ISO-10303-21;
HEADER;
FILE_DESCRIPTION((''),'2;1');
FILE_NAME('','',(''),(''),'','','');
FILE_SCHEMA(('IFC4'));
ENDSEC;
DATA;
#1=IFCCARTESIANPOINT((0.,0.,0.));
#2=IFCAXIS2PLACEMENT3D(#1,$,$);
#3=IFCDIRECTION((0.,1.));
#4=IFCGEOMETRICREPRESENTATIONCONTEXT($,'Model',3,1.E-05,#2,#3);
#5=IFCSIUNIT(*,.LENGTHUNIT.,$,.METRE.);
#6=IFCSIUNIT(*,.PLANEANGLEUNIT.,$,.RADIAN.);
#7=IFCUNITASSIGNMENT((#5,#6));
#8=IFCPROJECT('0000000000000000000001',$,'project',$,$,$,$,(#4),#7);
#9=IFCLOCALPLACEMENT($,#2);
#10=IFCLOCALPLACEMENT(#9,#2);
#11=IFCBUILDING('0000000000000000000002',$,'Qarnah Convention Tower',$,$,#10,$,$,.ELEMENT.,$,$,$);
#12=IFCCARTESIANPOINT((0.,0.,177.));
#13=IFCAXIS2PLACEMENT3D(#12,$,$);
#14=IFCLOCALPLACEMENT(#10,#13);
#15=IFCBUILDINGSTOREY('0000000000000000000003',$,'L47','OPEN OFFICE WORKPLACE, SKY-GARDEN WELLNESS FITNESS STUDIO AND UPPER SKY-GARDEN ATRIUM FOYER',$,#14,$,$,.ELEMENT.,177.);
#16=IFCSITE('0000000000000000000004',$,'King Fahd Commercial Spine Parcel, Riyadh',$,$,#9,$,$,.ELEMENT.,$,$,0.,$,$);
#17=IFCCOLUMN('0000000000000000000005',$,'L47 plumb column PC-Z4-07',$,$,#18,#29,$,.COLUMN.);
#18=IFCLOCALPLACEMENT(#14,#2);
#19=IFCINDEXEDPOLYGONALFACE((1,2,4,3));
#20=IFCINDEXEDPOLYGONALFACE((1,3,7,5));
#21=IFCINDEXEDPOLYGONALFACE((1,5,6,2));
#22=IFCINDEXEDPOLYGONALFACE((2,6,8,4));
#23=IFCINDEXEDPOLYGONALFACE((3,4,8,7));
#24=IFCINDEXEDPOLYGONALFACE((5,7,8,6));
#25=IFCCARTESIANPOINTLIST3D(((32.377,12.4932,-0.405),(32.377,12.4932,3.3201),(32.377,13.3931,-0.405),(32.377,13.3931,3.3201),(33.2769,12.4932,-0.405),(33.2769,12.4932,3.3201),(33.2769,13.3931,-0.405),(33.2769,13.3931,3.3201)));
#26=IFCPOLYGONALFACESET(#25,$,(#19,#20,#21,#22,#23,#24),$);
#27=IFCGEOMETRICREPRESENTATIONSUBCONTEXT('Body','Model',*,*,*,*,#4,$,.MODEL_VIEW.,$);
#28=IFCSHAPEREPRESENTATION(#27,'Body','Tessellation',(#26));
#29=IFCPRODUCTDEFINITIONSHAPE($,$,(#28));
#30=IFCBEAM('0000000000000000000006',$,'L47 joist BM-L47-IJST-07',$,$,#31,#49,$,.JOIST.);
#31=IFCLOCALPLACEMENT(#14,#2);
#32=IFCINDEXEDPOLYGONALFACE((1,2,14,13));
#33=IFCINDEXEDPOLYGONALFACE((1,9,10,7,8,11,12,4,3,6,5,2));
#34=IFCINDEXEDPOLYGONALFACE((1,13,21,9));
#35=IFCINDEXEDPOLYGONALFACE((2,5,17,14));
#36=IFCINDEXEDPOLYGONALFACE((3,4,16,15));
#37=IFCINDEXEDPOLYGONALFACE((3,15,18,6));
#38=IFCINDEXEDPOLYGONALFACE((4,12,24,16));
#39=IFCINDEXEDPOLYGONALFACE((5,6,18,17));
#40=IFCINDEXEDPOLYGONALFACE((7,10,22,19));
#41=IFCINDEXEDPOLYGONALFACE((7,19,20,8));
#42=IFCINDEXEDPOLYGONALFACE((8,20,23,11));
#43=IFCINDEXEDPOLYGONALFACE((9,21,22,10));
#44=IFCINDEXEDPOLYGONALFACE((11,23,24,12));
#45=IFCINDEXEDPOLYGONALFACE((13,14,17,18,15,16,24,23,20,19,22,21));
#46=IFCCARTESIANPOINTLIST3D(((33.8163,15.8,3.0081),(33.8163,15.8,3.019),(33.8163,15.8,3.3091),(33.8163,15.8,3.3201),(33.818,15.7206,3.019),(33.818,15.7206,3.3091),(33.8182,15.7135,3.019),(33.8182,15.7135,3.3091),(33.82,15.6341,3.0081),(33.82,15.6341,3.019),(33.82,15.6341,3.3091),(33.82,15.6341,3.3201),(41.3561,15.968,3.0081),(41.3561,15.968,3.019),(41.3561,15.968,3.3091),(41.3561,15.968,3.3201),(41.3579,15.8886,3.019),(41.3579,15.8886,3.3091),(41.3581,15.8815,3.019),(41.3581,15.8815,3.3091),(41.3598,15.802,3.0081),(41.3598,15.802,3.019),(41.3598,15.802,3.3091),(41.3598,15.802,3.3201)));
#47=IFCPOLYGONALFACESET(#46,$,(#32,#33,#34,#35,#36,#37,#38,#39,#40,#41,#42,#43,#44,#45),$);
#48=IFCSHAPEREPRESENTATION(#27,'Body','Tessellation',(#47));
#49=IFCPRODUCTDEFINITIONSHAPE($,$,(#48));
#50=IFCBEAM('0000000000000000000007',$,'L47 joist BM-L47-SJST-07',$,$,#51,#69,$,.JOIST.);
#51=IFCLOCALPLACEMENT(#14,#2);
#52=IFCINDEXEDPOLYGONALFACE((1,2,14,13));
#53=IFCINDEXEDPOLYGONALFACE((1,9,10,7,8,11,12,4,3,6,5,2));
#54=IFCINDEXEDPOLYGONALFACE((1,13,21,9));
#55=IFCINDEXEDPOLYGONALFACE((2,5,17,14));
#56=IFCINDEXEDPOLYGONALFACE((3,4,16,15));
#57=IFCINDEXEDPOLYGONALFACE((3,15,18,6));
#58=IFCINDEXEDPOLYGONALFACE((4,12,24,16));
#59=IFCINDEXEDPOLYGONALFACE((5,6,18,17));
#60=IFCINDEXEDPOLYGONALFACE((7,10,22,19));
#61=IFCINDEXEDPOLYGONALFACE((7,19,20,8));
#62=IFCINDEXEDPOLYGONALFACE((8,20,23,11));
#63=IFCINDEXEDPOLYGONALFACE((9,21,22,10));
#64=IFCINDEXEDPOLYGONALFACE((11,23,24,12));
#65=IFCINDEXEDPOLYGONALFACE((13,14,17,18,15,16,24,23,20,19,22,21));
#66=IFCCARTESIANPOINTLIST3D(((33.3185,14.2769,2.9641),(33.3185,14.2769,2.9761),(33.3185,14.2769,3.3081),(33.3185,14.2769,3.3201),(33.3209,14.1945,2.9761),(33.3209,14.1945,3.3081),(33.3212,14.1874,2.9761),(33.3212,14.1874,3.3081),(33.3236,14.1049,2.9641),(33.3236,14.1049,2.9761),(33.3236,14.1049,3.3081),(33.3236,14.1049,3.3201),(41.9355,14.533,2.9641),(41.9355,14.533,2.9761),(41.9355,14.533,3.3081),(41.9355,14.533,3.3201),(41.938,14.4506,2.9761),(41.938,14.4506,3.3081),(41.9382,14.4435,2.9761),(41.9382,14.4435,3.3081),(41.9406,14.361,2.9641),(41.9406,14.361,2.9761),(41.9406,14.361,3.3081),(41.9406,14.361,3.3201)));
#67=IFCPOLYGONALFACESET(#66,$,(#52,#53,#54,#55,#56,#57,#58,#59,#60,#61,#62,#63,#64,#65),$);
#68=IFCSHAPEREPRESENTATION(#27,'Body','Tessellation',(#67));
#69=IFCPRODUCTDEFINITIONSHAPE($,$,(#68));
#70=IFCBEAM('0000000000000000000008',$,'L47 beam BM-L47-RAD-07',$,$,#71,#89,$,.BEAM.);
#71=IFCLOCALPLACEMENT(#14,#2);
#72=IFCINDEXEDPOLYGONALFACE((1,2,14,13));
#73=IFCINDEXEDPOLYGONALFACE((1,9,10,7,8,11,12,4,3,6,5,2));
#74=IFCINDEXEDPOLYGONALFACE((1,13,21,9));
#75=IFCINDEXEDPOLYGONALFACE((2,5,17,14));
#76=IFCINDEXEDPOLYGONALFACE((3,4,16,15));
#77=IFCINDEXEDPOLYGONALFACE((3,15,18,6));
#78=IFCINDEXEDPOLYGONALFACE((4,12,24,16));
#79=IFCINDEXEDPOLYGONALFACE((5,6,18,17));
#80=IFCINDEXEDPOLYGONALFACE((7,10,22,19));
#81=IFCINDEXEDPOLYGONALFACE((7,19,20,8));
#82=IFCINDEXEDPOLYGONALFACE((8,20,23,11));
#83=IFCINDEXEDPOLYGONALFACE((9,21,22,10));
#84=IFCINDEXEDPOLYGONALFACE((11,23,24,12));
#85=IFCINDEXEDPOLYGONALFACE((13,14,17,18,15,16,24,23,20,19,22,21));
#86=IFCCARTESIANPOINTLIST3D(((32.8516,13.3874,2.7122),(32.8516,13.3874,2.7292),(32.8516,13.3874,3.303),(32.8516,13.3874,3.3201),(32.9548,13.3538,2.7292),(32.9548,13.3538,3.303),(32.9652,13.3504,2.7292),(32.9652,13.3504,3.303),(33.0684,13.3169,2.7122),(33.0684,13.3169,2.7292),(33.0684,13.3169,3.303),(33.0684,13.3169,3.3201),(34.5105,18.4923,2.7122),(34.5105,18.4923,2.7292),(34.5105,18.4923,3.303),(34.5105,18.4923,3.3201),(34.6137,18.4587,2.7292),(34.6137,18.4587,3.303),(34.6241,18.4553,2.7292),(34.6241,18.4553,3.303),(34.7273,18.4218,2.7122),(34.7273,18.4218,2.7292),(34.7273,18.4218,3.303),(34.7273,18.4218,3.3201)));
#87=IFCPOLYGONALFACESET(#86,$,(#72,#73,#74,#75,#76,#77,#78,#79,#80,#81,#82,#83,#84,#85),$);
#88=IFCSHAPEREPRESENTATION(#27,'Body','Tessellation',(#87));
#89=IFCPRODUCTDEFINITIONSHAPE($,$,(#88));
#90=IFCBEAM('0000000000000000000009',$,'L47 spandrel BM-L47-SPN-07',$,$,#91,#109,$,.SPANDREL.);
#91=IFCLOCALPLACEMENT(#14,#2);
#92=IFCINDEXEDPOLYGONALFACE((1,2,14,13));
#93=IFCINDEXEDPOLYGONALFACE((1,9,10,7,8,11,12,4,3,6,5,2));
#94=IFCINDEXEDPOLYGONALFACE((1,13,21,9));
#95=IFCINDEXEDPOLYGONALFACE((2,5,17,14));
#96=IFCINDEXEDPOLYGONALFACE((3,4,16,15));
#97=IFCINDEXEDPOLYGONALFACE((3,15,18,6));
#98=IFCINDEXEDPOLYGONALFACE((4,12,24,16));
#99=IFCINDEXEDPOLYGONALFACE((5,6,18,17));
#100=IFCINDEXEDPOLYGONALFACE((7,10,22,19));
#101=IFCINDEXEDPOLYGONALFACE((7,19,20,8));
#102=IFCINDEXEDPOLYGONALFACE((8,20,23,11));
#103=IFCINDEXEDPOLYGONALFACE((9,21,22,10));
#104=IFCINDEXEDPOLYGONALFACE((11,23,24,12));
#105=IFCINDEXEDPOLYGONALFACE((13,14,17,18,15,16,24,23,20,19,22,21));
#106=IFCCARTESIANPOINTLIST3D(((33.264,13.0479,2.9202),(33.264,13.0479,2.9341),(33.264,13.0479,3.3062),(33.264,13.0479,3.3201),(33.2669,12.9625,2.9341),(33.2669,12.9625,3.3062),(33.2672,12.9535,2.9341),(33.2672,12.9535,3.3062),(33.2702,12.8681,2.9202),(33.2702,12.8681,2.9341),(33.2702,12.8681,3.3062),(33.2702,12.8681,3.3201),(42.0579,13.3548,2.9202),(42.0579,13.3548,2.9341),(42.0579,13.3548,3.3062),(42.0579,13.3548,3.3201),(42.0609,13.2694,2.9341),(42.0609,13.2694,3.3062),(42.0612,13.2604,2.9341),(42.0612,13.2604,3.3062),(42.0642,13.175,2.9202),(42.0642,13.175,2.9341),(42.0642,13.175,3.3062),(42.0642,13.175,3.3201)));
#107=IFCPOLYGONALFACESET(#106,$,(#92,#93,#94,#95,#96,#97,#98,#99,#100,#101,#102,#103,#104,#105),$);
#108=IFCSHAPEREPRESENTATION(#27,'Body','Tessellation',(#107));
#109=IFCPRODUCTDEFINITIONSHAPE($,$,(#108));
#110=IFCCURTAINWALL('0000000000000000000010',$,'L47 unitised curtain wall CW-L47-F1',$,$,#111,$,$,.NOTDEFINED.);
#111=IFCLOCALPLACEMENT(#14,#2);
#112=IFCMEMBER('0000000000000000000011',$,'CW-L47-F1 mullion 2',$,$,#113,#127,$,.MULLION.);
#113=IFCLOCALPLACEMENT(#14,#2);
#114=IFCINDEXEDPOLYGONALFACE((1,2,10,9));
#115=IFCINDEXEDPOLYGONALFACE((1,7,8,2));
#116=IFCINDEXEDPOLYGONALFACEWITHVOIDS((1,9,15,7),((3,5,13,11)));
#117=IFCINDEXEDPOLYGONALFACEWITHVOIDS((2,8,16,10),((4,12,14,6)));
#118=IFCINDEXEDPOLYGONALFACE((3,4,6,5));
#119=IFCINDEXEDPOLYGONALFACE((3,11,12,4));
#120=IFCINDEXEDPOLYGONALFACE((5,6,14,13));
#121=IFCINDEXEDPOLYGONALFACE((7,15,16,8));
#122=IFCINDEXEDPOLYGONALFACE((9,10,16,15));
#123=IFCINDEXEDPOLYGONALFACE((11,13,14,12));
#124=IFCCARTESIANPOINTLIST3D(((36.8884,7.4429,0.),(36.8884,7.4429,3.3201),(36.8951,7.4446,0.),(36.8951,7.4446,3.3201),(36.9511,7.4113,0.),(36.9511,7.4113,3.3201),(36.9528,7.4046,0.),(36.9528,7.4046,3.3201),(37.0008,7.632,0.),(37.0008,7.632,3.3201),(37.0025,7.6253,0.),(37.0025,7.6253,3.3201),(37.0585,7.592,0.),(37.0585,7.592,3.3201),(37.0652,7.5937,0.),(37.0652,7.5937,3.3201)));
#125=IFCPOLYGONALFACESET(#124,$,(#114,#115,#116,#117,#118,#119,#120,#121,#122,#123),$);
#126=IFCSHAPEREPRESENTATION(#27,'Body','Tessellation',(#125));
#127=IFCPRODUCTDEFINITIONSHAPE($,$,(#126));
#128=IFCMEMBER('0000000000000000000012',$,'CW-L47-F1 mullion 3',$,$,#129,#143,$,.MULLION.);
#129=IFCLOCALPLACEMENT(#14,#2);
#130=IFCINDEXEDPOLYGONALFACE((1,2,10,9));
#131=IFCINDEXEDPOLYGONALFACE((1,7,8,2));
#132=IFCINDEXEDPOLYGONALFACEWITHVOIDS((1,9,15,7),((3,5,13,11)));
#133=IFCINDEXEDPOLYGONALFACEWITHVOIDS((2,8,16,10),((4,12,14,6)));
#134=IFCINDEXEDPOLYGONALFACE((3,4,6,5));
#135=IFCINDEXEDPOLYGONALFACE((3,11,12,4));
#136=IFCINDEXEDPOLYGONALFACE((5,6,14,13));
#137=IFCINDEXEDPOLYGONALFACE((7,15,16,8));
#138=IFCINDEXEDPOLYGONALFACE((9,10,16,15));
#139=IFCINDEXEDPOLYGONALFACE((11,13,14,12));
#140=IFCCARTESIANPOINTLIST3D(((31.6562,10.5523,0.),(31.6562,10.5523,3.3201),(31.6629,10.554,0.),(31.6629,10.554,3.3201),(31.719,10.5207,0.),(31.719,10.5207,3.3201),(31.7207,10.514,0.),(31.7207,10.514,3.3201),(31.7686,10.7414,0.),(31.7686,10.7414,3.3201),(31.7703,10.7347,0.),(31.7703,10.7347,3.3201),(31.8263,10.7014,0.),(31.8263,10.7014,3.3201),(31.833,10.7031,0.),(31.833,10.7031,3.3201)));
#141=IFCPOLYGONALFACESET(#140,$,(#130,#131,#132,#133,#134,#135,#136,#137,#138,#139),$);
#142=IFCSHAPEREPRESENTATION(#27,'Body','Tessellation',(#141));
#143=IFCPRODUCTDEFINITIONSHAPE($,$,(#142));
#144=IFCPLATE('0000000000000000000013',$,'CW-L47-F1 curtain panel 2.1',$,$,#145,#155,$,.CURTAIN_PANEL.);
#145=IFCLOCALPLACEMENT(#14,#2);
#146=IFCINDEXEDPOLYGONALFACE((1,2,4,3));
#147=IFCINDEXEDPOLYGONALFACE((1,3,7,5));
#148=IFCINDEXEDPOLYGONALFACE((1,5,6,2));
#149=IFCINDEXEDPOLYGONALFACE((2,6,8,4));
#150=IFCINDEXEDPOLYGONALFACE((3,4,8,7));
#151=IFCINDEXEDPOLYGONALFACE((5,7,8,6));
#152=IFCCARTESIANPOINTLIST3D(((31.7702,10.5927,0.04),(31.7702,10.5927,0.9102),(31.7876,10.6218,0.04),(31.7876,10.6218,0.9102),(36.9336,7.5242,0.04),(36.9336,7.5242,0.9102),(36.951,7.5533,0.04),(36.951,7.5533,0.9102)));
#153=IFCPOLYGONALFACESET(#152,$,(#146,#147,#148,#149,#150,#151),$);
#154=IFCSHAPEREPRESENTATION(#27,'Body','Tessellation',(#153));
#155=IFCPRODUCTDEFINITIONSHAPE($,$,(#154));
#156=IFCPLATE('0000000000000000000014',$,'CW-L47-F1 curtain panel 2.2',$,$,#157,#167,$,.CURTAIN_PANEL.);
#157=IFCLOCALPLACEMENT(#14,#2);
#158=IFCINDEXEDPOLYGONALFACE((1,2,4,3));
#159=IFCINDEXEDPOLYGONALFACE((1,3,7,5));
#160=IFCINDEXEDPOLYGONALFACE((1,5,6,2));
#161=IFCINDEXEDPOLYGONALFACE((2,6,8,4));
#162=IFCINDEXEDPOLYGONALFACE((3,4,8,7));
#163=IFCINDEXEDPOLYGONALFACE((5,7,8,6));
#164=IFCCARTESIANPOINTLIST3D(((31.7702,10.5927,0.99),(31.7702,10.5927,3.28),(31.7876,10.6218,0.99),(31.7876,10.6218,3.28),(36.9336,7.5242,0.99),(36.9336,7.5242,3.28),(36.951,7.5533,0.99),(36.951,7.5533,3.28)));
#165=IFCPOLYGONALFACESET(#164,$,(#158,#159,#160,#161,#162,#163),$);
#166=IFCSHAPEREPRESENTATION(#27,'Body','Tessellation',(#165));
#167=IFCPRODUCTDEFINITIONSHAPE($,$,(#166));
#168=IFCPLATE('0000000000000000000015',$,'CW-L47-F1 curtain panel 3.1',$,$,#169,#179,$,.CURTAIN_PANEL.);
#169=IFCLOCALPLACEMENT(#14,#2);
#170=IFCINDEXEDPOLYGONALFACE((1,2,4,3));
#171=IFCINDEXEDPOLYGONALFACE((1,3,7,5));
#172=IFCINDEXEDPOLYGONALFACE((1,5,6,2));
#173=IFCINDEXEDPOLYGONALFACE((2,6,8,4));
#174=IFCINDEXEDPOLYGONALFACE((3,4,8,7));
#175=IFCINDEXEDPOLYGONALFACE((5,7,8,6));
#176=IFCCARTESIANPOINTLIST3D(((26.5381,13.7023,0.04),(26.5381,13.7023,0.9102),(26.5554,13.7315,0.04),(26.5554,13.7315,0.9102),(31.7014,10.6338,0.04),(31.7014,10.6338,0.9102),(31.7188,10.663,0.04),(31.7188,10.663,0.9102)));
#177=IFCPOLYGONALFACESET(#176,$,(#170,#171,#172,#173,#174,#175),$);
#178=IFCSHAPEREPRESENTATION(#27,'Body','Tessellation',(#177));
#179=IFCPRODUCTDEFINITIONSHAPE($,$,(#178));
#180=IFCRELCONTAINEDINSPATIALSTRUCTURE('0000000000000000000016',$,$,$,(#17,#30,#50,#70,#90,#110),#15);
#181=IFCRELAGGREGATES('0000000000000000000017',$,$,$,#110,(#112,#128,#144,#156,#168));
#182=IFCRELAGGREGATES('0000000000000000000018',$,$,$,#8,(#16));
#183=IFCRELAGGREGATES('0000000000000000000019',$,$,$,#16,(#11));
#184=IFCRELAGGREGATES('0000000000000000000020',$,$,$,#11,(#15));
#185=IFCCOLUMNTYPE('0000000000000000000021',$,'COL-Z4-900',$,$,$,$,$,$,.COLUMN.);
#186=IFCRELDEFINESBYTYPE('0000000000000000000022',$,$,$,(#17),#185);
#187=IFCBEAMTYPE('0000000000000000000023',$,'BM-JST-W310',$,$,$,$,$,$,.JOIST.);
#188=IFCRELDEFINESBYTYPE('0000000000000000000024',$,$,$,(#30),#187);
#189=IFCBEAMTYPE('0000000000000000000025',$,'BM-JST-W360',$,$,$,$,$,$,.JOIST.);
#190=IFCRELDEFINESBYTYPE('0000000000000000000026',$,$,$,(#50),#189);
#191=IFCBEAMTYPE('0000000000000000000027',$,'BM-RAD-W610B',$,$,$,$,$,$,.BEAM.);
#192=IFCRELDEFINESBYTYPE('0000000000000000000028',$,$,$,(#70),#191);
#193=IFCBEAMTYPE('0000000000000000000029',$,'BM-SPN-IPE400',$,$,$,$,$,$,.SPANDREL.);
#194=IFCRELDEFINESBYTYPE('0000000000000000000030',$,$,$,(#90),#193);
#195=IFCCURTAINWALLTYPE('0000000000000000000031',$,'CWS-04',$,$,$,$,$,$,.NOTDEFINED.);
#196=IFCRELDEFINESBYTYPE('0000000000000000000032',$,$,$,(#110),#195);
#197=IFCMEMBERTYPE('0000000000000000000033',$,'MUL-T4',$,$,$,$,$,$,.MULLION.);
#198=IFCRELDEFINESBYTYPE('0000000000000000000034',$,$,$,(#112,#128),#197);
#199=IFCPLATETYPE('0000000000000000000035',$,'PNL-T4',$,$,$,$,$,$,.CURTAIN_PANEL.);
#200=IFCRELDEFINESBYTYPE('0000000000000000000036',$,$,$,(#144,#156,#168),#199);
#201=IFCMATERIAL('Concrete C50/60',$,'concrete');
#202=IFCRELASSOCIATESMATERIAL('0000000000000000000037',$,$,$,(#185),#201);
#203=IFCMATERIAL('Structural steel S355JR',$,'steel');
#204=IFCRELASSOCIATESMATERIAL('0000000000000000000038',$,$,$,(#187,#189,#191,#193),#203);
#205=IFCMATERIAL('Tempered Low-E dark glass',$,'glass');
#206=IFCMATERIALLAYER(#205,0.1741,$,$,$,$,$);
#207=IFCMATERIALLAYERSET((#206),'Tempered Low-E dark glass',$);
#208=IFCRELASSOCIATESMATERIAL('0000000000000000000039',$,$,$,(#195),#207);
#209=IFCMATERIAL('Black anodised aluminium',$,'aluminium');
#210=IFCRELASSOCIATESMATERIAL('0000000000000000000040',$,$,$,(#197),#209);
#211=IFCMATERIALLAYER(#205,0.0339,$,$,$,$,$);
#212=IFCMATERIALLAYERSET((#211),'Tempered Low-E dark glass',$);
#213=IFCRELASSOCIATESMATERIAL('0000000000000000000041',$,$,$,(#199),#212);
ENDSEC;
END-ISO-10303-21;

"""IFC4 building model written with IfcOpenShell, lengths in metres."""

from ifc_helpers import new_model, si_unit, direction, frame, origin, origin_2d, place, context, subcontext, project, spatial, rectangle, hollow_rectangle, i_section, extrude, material, layer, layer_set, material_profile, profile_set, type_object, element, aggregate, save


model = new_model("IFC4")

# Units and contexts
model_context = context("Model", 3, precision=1e-05, world=origin(), true_north=direction((0.0, 1.0)))
body_context = subcontext(model_context, "Body", "Model", "MODEL_VIEW")
ifc_project = project(units=[si_unit("LENGTHUNIT", "METRE"), si_unit("PLANEANGLEUNIT", "RADIAN")], contexts=[model_context])

# Site, building, storey
site_placement = place(None, origin())
site = spatial("IfcSite", under=ifc_project, at=site_placement, Name="King Fahd Commercial Spine Parcel, Riyadh", CompositionType="ELEMENT", RefElevation=0.0)
building_placement = place(site_placement, origin())
building = spatial("IfcBuilding", under=site, at=building_placement, Name="Qarnah Convention Tower", CompositionType="ELEMENT")
storey_placement = place(building_placement, frame((0.0, 0.0, 177.0)))
storey = spatial("IfcBuildingStorey", under=building, at=storey_placement, Name="L47", Description="OPEN OFFICE WORKPLACE, SKY-GARDEN WELLNESS FITNESS STUDIO AND UPPER SKY-GARDEN ATRIUM FOYER", CompositionType="ELEMENT", Elevation=177.0)

# Column
ifc_material_1 = material(Name="Concrete C50/60", Category="concrete")
ifc_material_profile_1 = material_profile(ifc_material_1, rectangle(XDim=0.8999, YDim=0.8999, at=origin_2d()), Name="RC-COL-900X900")
ifc_profile_set_1 = profile_set([ifc_material_profile_1], Name="Concrete C50/60")
column_type = type_object("IfcColumnType", Name="COL-Z4-900", PredefinedType="COLUMN", material=ifc_profile_set_1)
column_placement = place(storey_placement, frame((32.8269, 12.9431, -0.405), z_axis=(0.0, 0.0, 1.0), x_axis=(1.0, 0.0, 0.0)))
element("IfcColumn", 1, at=column_placement, inside=storey, type_object=column_type, Name="L47 plumb column PC-Z4-07", PredefinedType="COLUMN", context=body_context, shape_type="SweptSolid", body=[
    extrude(rectangle(XDim=0.8999, YDim=0.8999, at=origin_2d()), origin(), (0.0, 0.0, 1.0), 3.7251),
])

# Beams
ifc_material_2 = material(Name="Structural steel S355JR", Category="steel")
ifc_material_profile_2 = material_profile(ifc_material_2, i_section(OverallWidth=0.166, OverallDepth=0.312, WebThickness=0.0071, FlangeThickness=0.011, at=origin_2d()), Name="W310X45")
ifc_profile_set_2 = profile_set([ifc_material_profile_2], Name="Structural steel S355JR")
beam_type_1 = type_object("IfcBeamType", Name="BM-JST-W310", PredefinedType="JOIST", material=ifc_profile_set_2)
beam_1_placement = place(storey_placement, frame((33.8181, 15.717, 3.1641), z_axis=(0.999752, 0.022272, 0.0), x_axis=(-0.022272, 0.999752, 0.0)))
element("IfcBeam", 2, at=beam_1_placement, inside=storey, type_object=beam_type_1, Name="L47 joist BM-L47-IJST-07", PredefinedType="JOIST", context=body_context, shape_type="SweptSolid", body=[
    extrude(i_section(OverallWidth=0.166, OverallDepth=0.312, WebThickness=0.0071, FlangeThickness=0.011, at=origin_2d()), origin(), (0.0, 0.0, 1.0), 7.5417),
])
ifc_material_profile_3 = material_profile(ifc_material_2, i_section(OverallWidth=0.1721, OverallDepth=0.356, WebThickness=0.0071, FlangeThickness=0.012, at=origin_2d()), Name="W360X51")
ifc_profile_set_3 = profile_set([ifc_material_profile_3], Name="Structural steel S355JR")
beam_type_2 = type_object("IfcBeamType", Name="BM-JST-W360", PredefinedType="JOIST", material=ifc_profile_set_3)
beam_2_placement = place(storey_placement, frame((33.321, 14.1909, 3.1421), z_axis=(0.999559, 0.029708, 0.0), x_axis=(-0.029708, 0.999559, 0.0)))
element("IfcBeam", 3, at=beam_2_placement, inside=storey, type_object=beam_type_2, Name="L47 joist BM-L47-SJST-07", PredefinedType="JOIST", context=body_context, shape_type="SweptSolid", body=[
    extrude(i_section(OverallWidth=0.1721, OverallDepth=0.356, WebThickness=0.0071, FlangeThickness=0.012, at=origin_2d()), origin(), (0.0, 0.0, 1.0), 8.6208),
])
ifc_material_profile_4 = material_profile(ifc_material_2, i_section(OverallWidth=0.228, OverallDepth=0.6079, WebThickness=0.011, FlangeThickness=0.0171, at=origin_2d()), Name="W610X113")
ifc_profile_set_4 = profile_set([ifc_material_profile_4], Name="Structural steel S355JR")
beam_type_3 = type_object("IfcBeamType", Name="BM-RAD-W610B", PredefinedType="BEAM", material=ifc_profile_set_4)
beam_3_placement = place(storey_placement, frame((34.6189, 18.457, 3.0161), z_axis=(-0.309055, -0.951044, 0.0), x_axis=(0.951044, -0.309055, 0.0)))
element("IfcBeam", 4, at=beam_3_placement, inside=storey, type_object=beam_type_3, Name="L47 beam BM-L47-RAD-07", PredefinedType="BEAM", context=body_context, shape_type="SweptSolid", body=[
    extrude(i_section(OverallWidth=0.228, OverallDepth=0.6079, WebThickness=0.011, FlangeThickness=0.0171, at=origin_2d()), origin(), (0.0, 0.0, 1.0), 5.3677),
])
ifc_material_profile_5 = material_profile(ifc_material_2, i_section(OverallWidth=0.1799, OverallDepth=0.3999, WebThickness=0.009, FlangeThickness=0.0139, at=origin_2d()), Name="IPE400")
ifc_profile_set_5 = profile_set([ifc_material_profile_5], Name="Structural steel S355JR")
beam_type_4 = type_object("IfcBeamType", Name="BM-SPN-IPE400", PredefinedType="SPANDREL", material=ifc_profile_set_5)
beam_4_placement = place(storey_placement, frame((33.2671, 12.958, 3.1201), z_axis=(0.999392, 0.034876, 0.0), x_axis=(-0.034876, 0.999392, 0.0)))
element("IfcBeam", 5, at=beam_4_placement, inside=storey, type_object=beam_type_4, Name="L47 spandrel BM-L47-SPN-07", PredefinedType="SPANDREL", context=body_context, shape_type="SweptSolid", body=[
    extrude(i_section(OverallWidth=0.1799, OverallDepth=0.3999, WebThickness=0.009, FlangeThickness=0.0139, at=origin_2d()), origin(), (0.0, 0.0, 1.0), 8.7993),
])

# Curtain wall, members, plates
ifc_material_3 = material(Name="Tempered Low-E dark glass", Category="glass")
ifc_layer_1 = layer(ifc_material_3, 0.1741)
ifc_layer_set_1 = layer_set([ifc_layer_1], Name="Tempered Low-E dark glass")
curtain_wall_type = type_object("IfcCurtainWallType", Name="CWS-04", PredefinedType="NOTDEFINED", material=ifc_layer_set_1)
curtain_wall_placement = place(storey_placement, origin())
curtain_wall = element("IfcCurtainWall", 6, at=curtain_wall_placement, inside=storey, type_object=curtain_wall_type, Name="L47 unitised curtain wall CW-L47-F1", PredefinedType="NOTDEFINED")
ifc_material_4 = material(Name="Black anodised aluminium", Category="aluminium")
ifc_material_profile_6 = material_profile(ifc_material_4, hollow_rectangle(XDim=0.075, YDim=0.22, WallThickness=0.0049, at=origin_2d()), Name="MUL-75X220")
ifc_profile_set_6 = profile_set([ifc_material_profile_6], Name="Black anodised aluminium")
member_type = type_object("IfcMemberType", Name="MUL-T4", PredefinedType="MULLION", material=ifc_profile_set_6)
member_1_placement = place(storey_placement, frame((36.9768, 7.5183, 0.0), z_axis=(0.0, 0.0, 1.0), x_axis=(-0.859654, 0.510877, 0.0)))
member_1 = element("IfcMember", 7, at=member_1_placement, type_object=member_type, Name="CW-L47-F1 mullion 2", PredefinedType="MULLION", context=body_context, shape_type="SweptSolid", body=[
    extrude(hollow_rectangle(XDim=0.075, YDim=0.22, WallThickness=0.0049, at=origin_2d()), origin(), (0.0, 0.0, 1.0), 3.3201),
])
member_2_placement = place(storey_placement, frame((31.7446, 10.6277, 0.0), z_axis=(0.0, 0.0, 1.0), x_axis=(-0.859654, 0.510877, 0.0)))
member_2 = element("IfcMember", 8, at=member_2_placement, type_object=member_type, Name="CW-L47-F1 mullion 3", PredefinedType="MULLION", context=body_context, shape_type="SweptSolid", body=[
    extrude(hollow_rectangle(XDim=0.075, YDim=0.22, WallThickness=0.0049, at=origin_2d()), origin(), (0.0, 0.0, 1.0), 3.3201),
])
ifc_layer_2 = layer(ifc_material_3, 0.0339)
ifc_layer_set_2 = layer_set([ifc_layer_2], Name="Tempered Low-E dark glass")
plate_type = type_object("IfcPlateType", Name="PNL-T4", PredefinedType="CURTAIN_PANEL", material=ifc_layer_set_2)
plate_1_placement = place(storey_placement, frame((34.3606, 9.073, 0.04), z_axis=(0.0, 0.0, 1.0), x_axis=(-0.859654, 0.510877, 0.0)))
plate_1 = element("IfcPlate", 9, at=plate_1_placement, type_object=plate_type, Name="CW-L47-F1 curtain panel 2.1", PredefinedType="CURTAIN_PANEL", context=body_context, shape_type="SweptSolid", body=[
    extrude(rectangle(XDim=6.0063, YDim=0.0339, at=origin_2d()), origin(), (0.0, 0.0, 1.0), 0.8701),
])
plate_2_placement = place(storey_placement, frame((34.3606, 9.073, 0.99), z_axis=(0.0, 0.0, 1.0), x_axis=(-0.859654, 0.510877, 0.0)))
plate_2 = element("IfcPlate", 10, at=plate_2_placement, type_object=plate_type, Name="CW-L47-F1 curtain panel 2.2", PredefinedType="CURTAIN_PANEL", context=body_context, shape_type="SweptSolid", body=[
    extrude(rectangle(XDim=6.0063, YDim=0.0339, at=origin_2d()), origin(), (0.0, 0.0, 1.0), 2.29),
])
plate_3_placement = place(storey_placement, frame((29.1284, 12.1826, 0.04), z_axis=(0.0, 0.0, 1.0), x_axis=(-0.859654, 0.510877, 0.0)))
plate_3 = element("IfcPlate", 11, at=plate_3_placement, type_object=plate_type, Name="CW-L47-F1 curtain panel 3.1", PredefinedType="CURTAIN_PANEL", context=body_context, shape_type="SweptSolid", body=[
    extrude(rectangle(XDim=6.0063, YDim=0.0339, at=origin_2d()), origin(), (0.0, 0.0, 1.0), 0.8701),
])
aggregate(curtain_wall, [member_1, member_2, plate_1, plate_2, plate_3])

save(model, "model.ifc")
